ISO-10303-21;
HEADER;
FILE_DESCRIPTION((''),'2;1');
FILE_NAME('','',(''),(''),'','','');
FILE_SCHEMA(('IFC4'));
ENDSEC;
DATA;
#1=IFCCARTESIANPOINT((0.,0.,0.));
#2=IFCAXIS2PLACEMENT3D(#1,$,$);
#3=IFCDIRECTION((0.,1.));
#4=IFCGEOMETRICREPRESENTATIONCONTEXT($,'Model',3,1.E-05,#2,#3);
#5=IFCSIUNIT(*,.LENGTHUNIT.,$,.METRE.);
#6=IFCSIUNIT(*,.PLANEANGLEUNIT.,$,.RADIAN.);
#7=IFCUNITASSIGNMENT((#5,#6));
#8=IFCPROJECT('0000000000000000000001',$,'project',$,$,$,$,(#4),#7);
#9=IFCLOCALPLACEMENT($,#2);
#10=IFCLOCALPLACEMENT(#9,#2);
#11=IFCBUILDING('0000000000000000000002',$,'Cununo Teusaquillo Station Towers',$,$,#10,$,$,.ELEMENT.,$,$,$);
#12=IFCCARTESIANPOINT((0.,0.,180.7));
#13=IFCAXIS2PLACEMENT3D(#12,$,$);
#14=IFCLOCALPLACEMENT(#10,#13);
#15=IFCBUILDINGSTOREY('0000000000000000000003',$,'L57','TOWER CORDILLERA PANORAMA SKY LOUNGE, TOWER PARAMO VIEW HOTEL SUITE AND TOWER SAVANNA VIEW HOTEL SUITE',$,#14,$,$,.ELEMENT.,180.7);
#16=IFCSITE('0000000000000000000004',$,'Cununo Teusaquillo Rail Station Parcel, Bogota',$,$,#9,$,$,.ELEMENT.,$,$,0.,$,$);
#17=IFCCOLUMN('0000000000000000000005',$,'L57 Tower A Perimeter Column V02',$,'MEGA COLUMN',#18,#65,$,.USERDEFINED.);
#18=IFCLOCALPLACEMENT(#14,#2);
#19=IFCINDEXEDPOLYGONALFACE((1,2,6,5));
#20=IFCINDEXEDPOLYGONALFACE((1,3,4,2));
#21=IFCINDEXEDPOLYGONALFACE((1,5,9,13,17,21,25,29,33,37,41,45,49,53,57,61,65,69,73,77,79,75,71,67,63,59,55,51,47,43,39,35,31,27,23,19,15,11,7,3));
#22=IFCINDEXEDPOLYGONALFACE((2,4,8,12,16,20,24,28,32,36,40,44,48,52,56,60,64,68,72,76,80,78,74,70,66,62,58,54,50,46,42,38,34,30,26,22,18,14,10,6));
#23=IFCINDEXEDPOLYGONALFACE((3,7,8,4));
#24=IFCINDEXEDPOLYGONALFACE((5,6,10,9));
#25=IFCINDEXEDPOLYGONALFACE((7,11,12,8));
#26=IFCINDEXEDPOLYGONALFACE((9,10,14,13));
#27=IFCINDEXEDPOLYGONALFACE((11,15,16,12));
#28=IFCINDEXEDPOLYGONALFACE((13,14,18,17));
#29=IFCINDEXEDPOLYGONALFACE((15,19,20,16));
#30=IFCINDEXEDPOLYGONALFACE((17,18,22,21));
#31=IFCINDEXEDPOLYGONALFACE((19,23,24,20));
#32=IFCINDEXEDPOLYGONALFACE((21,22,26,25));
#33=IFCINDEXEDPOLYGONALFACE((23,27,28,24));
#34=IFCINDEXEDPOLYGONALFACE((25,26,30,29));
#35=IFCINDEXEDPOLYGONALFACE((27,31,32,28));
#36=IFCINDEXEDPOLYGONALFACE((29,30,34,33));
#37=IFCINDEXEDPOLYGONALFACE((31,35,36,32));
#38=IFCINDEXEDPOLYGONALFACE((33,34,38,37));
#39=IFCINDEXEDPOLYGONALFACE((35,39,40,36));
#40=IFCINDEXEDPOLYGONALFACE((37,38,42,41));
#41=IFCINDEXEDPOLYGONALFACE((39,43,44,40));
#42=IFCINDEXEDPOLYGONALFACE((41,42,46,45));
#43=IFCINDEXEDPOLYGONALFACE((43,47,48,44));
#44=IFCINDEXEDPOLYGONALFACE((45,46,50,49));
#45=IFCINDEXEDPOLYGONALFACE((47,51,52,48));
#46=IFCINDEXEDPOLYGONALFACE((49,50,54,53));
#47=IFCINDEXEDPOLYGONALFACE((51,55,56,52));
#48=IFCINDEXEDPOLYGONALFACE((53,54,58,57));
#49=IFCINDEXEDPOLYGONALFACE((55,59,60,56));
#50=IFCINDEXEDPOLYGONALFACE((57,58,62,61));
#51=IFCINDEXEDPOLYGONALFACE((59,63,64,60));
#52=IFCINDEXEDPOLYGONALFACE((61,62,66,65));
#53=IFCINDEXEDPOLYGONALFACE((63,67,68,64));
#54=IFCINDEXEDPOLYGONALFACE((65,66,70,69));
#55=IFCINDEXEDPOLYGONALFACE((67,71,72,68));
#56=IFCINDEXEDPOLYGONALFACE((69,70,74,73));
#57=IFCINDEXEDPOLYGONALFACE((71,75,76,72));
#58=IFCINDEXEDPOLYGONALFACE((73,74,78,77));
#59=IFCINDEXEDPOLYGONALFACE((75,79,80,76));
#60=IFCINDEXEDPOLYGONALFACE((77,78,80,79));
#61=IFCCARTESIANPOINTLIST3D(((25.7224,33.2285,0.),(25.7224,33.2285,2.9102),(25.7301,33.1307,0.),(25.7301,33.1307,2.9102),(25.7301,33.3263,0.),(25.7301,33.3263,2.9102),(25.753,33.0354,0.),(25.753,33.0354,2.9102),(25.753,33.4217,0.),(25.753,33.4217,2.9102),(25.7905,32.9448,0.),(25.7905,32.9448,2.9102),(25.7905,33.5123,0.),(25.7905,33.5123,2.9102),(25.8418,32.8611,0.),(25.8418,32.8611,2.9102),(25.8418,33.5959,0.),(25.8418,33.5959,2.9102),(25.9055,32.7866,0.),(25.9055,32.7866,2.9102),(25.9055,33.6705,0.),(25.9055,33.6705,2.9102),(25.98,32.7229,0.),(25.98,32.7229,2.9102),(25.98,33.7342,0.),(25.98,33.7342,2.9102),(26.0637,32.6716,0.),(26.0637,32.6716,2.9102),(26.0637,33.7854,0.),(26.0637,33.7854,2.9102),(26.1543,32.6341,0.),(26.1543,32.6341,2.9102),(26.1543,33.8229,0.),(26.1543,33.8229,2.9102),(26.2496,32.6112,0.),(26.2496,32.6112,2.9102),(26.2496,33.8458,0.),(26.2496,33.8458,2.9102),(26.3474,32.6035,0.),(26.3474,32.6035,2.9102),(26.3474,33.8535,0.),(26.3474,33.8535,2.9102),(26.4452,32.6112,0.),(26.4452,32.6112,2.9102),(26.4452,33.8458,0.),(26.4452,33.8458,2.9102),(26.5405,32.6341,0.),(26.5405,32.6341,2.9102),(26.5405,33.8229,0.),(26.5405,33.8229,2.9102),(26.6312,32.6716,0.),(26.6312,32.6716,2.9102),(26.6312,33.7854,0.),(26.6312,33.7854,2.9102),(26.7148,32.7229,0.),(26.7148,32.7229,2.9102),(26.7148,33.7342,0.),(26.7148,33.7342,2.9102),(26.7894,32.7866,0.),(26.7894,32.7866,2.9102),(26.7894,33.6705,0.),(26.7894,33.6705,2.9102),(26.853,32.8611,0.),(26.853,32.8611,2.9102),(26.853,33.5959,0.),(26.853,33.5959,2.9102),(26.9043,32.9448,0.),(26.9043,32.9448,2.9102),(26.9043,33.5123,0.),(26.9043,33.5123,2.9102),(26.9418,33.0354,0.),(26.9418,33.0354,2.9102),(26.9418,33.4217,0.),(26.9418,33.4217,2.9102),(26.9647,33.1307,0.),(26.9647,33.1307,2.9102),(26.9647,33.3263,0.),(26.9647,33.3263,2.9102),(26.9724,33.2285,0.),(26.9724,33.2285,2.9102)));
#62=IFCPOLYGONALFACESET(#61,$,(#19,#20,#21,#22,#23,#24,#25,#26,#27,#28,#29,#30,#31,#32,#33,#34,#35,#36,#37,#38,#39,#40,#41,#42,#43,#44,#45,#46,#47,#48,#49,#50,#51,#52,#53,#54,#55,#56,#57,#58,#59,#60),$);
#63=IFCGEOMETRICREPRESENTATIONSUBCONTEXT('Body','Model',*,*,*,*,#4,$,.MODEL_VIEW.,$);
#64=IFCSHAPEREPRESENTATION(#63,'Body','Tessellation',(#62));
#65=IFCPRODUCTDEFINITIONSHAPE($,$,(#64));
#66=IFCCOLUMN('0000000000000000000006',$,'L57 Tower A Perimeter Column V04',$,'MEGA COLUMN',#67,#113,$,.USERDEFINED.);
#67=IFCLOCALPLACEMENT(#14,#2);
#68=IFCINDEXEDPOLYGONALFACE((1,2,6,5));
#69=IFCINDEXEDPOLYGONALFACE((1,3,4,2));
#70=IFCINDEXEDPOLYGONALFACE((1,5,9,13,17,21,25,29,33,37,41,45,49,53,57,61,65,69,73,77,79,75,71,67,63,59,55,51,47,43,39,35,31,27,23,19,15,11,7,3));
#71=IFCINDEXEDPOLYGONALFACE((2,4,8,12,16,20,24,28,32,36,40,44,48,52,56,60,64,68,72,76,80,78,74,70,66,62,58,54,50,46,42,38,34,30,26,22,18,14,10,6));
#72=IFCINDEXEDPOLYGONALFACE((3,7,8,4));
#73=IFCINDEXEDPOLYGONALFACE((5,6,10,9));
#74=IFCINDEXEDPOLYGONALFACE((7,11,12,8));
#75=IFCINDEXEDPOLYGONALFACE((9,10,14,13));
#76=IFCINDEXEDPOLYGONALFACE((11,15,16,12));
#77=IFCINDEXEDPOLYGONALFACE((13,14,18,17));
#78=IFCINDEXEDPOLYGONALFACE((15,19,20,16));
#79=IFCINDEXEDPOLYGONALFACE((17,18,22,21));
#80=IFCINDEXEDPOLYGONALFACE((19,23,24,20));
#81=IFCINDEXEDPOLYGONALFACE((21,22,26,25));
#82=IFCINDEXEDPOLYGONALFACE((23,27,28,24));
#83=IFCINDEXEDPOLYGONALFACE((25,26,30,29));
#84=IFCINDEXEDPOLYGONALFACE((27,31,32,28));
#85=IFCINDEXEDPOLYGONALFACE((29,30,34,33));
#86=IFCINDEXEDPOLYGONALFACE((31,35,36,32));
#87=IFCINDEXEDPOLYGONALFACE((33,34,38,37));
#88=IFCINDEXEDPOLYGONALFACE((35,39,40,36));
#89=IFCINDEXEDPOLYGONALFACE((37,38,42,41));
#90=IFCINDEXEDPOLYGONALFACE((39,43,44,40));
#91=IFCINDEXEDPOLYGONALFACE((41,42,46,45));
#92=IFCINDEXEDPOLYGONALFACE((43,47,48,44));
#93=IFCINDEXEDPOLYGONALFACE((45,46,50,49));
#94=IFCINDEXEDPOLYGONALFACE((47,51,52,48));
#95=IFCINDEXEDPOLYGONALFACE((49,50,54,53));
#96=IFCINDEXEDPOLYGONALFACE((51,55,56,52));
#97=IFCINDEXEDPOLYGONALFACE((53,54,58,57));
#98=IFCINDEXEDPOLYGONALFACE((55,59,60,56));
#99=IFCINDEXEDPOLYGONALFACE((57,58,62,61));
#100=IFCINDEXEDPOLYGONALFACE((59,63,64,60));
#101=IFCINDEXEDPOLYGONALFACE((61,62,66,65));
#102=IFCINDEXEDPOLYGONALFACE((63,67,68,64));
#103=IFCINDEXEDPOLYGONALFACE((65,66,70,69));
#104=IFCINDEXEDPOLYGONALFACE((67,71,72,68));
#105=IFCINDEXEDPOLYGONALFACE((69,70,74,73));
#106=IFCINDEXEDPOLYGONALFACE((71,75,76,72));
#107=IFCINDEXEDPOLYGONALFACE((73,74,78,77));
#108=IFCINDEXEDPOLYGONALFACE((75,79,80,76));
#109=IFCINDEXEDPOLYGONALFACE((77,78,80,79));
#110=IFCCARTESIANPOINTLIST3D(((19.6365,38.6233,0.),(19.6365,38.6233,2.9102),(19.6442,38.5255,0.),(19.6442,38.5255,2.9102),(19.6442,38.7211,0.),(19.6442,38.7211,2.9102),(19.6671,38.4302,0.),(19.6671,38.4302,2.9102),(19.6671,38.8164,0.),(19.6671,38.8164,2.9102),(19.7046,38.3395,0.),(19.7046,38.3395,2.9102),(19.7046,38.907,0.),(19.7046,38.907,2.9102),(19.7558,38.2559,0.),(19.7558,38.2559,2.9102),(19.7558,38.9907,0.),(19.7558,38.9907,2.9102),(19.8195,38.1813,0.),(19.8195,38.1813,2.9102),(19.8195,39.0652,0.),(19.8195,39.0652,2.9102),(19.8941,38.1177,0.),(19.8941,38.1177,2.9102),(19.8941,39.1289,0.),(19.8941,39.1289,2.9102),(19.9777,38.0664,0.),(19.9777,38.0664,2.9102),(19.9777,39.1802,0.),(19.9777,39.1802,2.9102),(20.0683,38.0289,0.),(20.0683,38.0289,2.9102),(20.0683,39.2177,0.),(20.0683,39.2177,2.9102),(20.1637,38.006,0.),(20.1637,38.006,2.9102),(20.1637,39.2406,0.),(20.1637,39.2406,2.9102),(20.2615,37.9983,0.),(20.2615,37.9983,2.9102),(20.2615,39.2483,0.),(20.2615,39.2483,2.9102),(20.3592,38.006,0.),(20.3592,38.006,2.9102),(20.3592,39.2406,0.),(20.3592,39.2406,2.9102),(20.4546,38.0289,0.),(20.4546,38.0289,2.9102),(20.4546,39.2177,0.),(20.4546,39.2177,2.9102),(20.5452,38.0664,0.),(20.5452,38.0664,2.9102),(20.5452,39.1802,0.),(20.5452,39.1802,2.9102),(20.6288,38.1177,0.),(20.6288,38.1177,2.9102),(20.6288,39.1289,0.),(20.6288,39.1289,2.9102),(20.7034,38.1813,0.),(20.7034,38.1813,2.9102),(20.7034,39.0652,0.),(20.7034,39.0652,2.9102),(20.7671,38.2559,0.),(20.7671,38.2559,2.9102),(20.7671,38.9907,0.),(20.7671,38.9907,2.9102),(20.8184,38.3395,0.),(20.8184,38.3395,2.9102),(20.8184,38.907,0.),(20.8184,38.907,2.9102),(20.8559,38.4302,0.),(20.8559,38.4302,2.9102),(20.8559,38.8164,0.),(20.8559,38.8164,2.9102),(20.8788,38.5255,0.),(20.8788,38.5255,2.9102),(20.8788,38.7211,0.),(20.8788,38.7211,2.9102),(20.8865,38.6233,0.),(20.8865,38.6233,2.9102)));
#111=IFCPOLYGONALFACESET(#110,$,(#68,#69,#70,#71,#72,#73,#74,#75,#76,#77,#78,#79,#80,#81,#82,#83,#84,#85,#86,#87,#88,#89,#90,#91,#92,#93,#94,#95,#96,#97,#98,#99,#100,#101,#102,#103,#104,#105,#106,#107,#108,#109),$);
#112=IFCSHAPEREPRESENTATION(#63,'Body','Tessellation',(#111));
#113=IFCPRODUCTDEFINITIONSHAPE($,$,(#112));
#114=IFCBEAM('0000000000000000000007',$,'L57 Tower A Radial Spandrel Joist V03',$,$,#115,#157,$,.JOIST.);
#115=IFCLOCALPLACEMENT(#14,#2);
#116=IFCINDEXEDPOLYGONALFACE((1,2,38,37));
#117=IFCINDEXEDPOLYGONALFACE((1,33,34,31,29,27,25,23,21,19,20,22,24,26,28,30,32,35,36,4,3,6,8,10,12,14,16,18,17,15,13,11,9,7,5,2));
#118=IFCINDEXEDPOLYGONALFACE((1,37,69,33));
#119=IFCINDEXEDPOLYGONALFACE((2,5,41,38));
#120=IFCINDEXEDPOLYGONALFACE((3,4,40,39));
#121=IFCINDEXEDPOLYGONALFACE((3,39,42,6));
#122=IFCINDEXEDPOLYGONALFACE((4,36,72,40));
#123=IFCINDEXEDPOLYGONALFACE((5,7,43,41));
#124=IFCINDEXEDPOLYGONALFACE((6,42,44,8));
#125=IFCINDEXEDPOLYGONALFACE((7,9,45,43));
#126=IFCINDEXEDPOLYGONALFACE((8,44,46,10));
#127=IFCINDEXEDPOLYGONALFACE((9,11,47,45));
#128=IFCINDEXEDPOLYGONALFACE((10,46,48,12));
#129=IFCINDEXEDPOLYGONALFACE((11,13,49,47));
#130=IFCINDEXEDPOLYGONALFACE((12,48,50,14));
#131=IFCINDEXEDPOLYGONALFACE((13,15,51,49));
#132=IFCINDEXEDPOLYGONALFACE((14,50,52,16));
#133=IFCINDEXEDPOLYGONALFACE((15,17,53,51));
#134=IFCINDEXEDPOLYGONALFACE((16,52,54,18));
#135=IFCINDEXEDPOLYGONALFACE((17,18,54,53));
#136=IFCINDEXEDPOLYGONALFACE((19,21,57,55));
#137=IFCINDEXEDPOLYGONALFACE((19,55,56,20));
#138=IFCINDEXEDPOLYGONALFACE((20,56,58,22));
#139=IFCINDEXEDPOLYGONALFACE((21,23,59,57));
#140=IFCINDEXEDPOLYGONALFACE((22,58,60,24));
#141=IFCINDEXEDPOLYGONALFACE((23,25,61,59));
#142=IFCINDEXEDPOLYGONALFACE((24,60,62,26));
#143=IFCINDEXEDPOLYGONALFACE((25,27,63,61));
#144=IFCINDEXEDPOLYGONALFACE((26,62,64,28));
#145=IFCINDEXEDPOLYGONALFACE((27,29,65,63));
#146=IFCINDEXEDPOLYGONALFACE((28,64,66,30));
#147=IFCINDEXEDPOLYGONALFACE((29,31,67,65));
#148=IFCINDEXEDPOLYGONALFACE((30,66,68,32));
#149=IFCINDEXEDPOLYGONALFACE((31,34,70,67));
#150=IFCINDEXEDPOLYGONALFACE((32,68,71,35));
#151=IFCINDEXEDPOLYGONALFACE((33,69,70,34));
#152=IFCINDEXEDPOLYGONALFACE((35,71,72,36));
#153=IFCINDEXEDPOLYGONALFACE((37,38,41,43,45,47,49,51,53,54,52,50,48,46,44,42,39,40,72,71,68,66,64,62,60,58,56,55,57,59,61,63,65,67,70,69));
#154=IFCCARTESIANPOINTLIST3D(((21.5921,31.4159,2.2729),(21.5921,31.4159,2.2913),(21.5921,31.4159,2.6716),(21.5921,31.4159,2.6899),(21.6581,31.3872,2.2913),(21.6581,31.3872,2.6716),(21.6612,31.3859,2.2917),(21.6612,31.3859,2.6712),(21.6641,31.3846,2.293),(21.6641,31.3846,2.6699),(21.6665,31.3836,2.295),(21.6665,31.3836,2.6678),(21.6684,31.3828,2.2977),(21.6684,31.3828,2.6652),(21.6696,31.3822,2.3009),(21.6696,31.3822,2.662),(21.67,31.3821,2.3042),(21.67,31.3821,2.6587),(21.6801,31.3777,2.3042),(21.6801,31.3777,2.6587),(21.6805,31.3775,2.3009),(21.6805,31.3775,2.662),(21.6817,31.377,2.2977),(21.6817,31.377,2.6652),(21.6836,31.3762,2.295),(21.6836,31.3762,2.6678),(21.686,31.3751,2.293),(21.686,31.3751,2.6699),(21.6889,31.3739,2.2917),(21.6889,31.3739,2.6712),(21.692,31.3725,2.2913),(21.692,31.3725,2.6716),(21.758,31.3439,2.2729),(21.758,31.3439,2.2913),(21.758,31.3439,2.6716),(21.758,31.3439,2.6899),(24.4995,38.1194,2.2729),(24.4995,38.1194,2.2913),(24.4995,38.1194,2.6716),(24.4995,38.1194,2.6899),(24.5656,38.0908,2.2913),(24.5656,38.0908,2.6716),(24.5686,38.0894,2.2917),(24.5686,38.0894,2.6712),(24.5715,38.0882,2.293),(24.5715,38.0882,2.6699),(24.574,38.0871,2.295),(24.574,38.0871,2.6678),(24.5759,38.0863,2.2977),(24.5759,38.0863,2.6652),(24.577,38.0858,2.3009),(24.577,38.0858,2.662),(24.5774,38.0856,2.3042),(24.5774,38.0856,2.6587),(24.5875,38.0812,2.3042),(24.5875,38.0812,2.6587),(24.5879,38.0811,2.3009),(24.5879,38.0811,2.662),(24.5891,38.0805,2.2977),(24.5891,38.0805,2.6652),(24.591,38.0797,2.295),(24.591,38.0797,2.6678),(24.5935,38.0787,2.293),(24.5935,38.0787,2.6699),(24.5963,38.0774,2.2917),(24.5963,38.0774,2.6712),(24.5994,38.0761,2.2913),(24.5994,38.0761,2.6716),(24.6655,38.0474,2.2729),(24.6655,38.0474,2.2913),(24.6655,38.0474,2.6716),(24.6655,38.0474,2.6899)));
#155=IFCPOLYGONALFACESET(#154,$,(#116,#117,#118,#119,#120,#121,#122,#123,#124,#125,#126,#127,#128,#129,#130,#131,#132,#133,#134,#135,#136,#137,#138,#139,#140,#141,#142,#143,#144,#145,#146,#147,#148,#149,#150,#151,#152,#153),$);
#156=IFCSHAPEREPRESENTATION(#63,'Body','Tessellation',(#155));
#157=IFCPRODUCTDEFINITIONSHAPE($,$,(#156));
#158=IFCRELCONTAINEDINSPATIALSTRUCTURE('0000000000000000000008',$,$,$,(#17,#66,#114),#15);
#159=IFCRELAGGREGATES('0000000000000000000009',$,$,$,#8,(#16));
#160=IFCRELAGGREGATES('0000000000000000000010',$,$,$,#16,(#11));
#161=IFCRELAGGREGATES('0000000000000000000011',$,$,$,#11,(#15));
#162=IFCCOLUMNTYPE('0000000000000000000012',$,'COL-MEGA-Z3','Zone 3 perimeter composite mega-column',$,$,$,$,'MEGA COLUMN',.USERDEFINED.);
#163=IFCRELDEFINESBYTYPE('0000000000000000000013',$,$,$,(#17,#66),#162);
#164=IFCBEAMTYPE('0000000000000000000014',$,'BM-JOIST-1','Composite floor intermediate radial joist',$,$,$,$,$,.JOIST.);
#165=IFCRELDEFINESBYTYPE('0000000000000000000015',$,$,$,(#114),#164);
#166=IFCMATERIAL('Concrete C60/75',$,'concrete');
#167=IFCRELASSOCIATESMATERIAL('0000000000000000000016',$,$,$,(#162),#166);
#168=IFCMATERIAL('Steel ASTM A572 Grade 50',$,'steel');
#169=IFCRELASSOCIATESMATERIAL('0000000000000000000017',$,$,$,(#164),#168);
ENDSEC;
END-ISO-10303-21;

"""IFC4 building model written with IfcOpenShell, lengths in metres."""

from ifc_helpers import new_model, si_unit, direction, frame, origin, origin_2d, place, context, subcontext, project, spatial, circle, i_section, extrude, material, material_profile, profile_set, type_object, element, save


model = new_model("IFC4")

# Units and contexts
model_context = context("Model", 3, precision=1e-05, world=origin(), true_north=direction((0.0, 1.0)))
body_context = subcontext(model_context, "Body", "Model", "MODEL_VIEW")
ifc_project = project(units=[si_unit("LENGTHUNIT", "METRE"), si_unit("PLANEANGLEUNIT", "RADIAN")], contexts=[model_context])

# Site, building, storey
site_placement = place(None, origin())
site = spatial("IfcSite", under=ifc_project, at=site_placement, Name="Cununo Teusaquillo Rail Station Parcel, Bogota", CompositionType="ELEMENT", RefElevation=0.0)
building_placement = place(site_placement, origin())
building = spatial("IfcBuilding", under=site, at=building_placement, Name="Cununo Teusaquillo Station Towers", CompositionType="ELEMENT")
storey_placement = place(building_placement, frame((0.0, 0.0, 180.7)))
storey = spatial("IfcBuildingStorey", under=building, at=storey_placement, Name="L57", Description="TOWER CORDILLERA PANORAMA SKY LOUNGE, TOWER PARAMO VIEW HOTEL SUITE AND TOWER SAVANNA VIEW HOTEL SUITE", CompositionType="ELEMENT", Elevation=180.7)

# Columns
ifc_material_1 = material(Name="Concrete C60/75", Category="concrete")
ifc_material_profile_1 = material_profile(ifc_material_1, circle(Radius=0.625, at=origin_2d()), Name="RC-CIRC-1250")
ifc_profile_set_1 = profile_set([ifc_material_profile_1], Name="Concrete C60/75")
column_type = type_object("IfcColumnType", Name="COL-MEGA-Z3", Description="Zone 3 perimeter composite mega-column", ElementType="MEGA COLUMN", PredefinedType="USERDEFINED", material=ifc_profile_set_1)
for number, where, z_axis, x_axis, name in (
    (1, (26.3474, 33.2285, 0.0), (0.0, 0.0, 1.0), (1.0, 0.0, 0.0), "L57 Tower A Perimeter Column V02"),
    (2, (20.2615, 38.6233, 0.0), (0.0, 0.0, 1.0), (1.0, 0.0, 0.0), "L57 Tower A Perimeter Column V04"),
):
    element("IfcColumn", number, at=place(storey_placement, frame(where, z_axis=z_axis, x_axis=x_axis)), inside=storey, type_object=column_type, Name=name, ObjectType="MEGA COLUMN", PredefinedType="USERDEFINED", context=body_context, shape_type="SweptSolid", body=[
        extrude(circle(Radius=0.625, at=origin_2d()), origin(), (0.0, 0.0, 1.0), 2.9102),
    ])

# Beam
ifc_material_2 = material(Name="Steel ASTM A572 Grade 50", Category="steel")
ifc_material_profile_2 = material_profile(ifc_material_2, i_section(OverallWidth=0.1809, OverallDepth=0.417, WebThickness=0.011, FlangeThickness=0.0183, FilletRadius=0.0129, at=origin_2d()), Name="W16X57")
ifc_profile_set_2 = profile_set([ifc_material_profile_2], Name="Steel ASTM A572 Grade 50")
beam_type_1 = type_object("IfcBeamType", Name="BM-JOIST-1", Description="Composite floor intermediate radial joist", PredefinedType="JOIST", material=ifc_profile_set_2)
beam_1_placement = place(storey_placement, frame((21.675, 31.3799, 2.4814), z_axis=(0.397904, 0.917427, 0.0), x_axis=(-0.917427, 0.397904, 0.0)))
element("IfcBeam", 3, at=beam_1_placement, inside=storey, type_object=beam_type_1, Name="L57 Tower A Radial Spandrel Joist V03", PredefinedType="JOIST", context=body_context, shape_type="SweptSolid", body=[
    extrude(i_section(OverallWidth=0.1809, OverallDepth=0.417, WebThickness=0.011, FlangeThickness=0.0183, FilletRadius=0.0129, at=origin_2d()), origin(), (0.0, 0.0, 1.0), 7.3069),
])

save(model, "model.ifc")
